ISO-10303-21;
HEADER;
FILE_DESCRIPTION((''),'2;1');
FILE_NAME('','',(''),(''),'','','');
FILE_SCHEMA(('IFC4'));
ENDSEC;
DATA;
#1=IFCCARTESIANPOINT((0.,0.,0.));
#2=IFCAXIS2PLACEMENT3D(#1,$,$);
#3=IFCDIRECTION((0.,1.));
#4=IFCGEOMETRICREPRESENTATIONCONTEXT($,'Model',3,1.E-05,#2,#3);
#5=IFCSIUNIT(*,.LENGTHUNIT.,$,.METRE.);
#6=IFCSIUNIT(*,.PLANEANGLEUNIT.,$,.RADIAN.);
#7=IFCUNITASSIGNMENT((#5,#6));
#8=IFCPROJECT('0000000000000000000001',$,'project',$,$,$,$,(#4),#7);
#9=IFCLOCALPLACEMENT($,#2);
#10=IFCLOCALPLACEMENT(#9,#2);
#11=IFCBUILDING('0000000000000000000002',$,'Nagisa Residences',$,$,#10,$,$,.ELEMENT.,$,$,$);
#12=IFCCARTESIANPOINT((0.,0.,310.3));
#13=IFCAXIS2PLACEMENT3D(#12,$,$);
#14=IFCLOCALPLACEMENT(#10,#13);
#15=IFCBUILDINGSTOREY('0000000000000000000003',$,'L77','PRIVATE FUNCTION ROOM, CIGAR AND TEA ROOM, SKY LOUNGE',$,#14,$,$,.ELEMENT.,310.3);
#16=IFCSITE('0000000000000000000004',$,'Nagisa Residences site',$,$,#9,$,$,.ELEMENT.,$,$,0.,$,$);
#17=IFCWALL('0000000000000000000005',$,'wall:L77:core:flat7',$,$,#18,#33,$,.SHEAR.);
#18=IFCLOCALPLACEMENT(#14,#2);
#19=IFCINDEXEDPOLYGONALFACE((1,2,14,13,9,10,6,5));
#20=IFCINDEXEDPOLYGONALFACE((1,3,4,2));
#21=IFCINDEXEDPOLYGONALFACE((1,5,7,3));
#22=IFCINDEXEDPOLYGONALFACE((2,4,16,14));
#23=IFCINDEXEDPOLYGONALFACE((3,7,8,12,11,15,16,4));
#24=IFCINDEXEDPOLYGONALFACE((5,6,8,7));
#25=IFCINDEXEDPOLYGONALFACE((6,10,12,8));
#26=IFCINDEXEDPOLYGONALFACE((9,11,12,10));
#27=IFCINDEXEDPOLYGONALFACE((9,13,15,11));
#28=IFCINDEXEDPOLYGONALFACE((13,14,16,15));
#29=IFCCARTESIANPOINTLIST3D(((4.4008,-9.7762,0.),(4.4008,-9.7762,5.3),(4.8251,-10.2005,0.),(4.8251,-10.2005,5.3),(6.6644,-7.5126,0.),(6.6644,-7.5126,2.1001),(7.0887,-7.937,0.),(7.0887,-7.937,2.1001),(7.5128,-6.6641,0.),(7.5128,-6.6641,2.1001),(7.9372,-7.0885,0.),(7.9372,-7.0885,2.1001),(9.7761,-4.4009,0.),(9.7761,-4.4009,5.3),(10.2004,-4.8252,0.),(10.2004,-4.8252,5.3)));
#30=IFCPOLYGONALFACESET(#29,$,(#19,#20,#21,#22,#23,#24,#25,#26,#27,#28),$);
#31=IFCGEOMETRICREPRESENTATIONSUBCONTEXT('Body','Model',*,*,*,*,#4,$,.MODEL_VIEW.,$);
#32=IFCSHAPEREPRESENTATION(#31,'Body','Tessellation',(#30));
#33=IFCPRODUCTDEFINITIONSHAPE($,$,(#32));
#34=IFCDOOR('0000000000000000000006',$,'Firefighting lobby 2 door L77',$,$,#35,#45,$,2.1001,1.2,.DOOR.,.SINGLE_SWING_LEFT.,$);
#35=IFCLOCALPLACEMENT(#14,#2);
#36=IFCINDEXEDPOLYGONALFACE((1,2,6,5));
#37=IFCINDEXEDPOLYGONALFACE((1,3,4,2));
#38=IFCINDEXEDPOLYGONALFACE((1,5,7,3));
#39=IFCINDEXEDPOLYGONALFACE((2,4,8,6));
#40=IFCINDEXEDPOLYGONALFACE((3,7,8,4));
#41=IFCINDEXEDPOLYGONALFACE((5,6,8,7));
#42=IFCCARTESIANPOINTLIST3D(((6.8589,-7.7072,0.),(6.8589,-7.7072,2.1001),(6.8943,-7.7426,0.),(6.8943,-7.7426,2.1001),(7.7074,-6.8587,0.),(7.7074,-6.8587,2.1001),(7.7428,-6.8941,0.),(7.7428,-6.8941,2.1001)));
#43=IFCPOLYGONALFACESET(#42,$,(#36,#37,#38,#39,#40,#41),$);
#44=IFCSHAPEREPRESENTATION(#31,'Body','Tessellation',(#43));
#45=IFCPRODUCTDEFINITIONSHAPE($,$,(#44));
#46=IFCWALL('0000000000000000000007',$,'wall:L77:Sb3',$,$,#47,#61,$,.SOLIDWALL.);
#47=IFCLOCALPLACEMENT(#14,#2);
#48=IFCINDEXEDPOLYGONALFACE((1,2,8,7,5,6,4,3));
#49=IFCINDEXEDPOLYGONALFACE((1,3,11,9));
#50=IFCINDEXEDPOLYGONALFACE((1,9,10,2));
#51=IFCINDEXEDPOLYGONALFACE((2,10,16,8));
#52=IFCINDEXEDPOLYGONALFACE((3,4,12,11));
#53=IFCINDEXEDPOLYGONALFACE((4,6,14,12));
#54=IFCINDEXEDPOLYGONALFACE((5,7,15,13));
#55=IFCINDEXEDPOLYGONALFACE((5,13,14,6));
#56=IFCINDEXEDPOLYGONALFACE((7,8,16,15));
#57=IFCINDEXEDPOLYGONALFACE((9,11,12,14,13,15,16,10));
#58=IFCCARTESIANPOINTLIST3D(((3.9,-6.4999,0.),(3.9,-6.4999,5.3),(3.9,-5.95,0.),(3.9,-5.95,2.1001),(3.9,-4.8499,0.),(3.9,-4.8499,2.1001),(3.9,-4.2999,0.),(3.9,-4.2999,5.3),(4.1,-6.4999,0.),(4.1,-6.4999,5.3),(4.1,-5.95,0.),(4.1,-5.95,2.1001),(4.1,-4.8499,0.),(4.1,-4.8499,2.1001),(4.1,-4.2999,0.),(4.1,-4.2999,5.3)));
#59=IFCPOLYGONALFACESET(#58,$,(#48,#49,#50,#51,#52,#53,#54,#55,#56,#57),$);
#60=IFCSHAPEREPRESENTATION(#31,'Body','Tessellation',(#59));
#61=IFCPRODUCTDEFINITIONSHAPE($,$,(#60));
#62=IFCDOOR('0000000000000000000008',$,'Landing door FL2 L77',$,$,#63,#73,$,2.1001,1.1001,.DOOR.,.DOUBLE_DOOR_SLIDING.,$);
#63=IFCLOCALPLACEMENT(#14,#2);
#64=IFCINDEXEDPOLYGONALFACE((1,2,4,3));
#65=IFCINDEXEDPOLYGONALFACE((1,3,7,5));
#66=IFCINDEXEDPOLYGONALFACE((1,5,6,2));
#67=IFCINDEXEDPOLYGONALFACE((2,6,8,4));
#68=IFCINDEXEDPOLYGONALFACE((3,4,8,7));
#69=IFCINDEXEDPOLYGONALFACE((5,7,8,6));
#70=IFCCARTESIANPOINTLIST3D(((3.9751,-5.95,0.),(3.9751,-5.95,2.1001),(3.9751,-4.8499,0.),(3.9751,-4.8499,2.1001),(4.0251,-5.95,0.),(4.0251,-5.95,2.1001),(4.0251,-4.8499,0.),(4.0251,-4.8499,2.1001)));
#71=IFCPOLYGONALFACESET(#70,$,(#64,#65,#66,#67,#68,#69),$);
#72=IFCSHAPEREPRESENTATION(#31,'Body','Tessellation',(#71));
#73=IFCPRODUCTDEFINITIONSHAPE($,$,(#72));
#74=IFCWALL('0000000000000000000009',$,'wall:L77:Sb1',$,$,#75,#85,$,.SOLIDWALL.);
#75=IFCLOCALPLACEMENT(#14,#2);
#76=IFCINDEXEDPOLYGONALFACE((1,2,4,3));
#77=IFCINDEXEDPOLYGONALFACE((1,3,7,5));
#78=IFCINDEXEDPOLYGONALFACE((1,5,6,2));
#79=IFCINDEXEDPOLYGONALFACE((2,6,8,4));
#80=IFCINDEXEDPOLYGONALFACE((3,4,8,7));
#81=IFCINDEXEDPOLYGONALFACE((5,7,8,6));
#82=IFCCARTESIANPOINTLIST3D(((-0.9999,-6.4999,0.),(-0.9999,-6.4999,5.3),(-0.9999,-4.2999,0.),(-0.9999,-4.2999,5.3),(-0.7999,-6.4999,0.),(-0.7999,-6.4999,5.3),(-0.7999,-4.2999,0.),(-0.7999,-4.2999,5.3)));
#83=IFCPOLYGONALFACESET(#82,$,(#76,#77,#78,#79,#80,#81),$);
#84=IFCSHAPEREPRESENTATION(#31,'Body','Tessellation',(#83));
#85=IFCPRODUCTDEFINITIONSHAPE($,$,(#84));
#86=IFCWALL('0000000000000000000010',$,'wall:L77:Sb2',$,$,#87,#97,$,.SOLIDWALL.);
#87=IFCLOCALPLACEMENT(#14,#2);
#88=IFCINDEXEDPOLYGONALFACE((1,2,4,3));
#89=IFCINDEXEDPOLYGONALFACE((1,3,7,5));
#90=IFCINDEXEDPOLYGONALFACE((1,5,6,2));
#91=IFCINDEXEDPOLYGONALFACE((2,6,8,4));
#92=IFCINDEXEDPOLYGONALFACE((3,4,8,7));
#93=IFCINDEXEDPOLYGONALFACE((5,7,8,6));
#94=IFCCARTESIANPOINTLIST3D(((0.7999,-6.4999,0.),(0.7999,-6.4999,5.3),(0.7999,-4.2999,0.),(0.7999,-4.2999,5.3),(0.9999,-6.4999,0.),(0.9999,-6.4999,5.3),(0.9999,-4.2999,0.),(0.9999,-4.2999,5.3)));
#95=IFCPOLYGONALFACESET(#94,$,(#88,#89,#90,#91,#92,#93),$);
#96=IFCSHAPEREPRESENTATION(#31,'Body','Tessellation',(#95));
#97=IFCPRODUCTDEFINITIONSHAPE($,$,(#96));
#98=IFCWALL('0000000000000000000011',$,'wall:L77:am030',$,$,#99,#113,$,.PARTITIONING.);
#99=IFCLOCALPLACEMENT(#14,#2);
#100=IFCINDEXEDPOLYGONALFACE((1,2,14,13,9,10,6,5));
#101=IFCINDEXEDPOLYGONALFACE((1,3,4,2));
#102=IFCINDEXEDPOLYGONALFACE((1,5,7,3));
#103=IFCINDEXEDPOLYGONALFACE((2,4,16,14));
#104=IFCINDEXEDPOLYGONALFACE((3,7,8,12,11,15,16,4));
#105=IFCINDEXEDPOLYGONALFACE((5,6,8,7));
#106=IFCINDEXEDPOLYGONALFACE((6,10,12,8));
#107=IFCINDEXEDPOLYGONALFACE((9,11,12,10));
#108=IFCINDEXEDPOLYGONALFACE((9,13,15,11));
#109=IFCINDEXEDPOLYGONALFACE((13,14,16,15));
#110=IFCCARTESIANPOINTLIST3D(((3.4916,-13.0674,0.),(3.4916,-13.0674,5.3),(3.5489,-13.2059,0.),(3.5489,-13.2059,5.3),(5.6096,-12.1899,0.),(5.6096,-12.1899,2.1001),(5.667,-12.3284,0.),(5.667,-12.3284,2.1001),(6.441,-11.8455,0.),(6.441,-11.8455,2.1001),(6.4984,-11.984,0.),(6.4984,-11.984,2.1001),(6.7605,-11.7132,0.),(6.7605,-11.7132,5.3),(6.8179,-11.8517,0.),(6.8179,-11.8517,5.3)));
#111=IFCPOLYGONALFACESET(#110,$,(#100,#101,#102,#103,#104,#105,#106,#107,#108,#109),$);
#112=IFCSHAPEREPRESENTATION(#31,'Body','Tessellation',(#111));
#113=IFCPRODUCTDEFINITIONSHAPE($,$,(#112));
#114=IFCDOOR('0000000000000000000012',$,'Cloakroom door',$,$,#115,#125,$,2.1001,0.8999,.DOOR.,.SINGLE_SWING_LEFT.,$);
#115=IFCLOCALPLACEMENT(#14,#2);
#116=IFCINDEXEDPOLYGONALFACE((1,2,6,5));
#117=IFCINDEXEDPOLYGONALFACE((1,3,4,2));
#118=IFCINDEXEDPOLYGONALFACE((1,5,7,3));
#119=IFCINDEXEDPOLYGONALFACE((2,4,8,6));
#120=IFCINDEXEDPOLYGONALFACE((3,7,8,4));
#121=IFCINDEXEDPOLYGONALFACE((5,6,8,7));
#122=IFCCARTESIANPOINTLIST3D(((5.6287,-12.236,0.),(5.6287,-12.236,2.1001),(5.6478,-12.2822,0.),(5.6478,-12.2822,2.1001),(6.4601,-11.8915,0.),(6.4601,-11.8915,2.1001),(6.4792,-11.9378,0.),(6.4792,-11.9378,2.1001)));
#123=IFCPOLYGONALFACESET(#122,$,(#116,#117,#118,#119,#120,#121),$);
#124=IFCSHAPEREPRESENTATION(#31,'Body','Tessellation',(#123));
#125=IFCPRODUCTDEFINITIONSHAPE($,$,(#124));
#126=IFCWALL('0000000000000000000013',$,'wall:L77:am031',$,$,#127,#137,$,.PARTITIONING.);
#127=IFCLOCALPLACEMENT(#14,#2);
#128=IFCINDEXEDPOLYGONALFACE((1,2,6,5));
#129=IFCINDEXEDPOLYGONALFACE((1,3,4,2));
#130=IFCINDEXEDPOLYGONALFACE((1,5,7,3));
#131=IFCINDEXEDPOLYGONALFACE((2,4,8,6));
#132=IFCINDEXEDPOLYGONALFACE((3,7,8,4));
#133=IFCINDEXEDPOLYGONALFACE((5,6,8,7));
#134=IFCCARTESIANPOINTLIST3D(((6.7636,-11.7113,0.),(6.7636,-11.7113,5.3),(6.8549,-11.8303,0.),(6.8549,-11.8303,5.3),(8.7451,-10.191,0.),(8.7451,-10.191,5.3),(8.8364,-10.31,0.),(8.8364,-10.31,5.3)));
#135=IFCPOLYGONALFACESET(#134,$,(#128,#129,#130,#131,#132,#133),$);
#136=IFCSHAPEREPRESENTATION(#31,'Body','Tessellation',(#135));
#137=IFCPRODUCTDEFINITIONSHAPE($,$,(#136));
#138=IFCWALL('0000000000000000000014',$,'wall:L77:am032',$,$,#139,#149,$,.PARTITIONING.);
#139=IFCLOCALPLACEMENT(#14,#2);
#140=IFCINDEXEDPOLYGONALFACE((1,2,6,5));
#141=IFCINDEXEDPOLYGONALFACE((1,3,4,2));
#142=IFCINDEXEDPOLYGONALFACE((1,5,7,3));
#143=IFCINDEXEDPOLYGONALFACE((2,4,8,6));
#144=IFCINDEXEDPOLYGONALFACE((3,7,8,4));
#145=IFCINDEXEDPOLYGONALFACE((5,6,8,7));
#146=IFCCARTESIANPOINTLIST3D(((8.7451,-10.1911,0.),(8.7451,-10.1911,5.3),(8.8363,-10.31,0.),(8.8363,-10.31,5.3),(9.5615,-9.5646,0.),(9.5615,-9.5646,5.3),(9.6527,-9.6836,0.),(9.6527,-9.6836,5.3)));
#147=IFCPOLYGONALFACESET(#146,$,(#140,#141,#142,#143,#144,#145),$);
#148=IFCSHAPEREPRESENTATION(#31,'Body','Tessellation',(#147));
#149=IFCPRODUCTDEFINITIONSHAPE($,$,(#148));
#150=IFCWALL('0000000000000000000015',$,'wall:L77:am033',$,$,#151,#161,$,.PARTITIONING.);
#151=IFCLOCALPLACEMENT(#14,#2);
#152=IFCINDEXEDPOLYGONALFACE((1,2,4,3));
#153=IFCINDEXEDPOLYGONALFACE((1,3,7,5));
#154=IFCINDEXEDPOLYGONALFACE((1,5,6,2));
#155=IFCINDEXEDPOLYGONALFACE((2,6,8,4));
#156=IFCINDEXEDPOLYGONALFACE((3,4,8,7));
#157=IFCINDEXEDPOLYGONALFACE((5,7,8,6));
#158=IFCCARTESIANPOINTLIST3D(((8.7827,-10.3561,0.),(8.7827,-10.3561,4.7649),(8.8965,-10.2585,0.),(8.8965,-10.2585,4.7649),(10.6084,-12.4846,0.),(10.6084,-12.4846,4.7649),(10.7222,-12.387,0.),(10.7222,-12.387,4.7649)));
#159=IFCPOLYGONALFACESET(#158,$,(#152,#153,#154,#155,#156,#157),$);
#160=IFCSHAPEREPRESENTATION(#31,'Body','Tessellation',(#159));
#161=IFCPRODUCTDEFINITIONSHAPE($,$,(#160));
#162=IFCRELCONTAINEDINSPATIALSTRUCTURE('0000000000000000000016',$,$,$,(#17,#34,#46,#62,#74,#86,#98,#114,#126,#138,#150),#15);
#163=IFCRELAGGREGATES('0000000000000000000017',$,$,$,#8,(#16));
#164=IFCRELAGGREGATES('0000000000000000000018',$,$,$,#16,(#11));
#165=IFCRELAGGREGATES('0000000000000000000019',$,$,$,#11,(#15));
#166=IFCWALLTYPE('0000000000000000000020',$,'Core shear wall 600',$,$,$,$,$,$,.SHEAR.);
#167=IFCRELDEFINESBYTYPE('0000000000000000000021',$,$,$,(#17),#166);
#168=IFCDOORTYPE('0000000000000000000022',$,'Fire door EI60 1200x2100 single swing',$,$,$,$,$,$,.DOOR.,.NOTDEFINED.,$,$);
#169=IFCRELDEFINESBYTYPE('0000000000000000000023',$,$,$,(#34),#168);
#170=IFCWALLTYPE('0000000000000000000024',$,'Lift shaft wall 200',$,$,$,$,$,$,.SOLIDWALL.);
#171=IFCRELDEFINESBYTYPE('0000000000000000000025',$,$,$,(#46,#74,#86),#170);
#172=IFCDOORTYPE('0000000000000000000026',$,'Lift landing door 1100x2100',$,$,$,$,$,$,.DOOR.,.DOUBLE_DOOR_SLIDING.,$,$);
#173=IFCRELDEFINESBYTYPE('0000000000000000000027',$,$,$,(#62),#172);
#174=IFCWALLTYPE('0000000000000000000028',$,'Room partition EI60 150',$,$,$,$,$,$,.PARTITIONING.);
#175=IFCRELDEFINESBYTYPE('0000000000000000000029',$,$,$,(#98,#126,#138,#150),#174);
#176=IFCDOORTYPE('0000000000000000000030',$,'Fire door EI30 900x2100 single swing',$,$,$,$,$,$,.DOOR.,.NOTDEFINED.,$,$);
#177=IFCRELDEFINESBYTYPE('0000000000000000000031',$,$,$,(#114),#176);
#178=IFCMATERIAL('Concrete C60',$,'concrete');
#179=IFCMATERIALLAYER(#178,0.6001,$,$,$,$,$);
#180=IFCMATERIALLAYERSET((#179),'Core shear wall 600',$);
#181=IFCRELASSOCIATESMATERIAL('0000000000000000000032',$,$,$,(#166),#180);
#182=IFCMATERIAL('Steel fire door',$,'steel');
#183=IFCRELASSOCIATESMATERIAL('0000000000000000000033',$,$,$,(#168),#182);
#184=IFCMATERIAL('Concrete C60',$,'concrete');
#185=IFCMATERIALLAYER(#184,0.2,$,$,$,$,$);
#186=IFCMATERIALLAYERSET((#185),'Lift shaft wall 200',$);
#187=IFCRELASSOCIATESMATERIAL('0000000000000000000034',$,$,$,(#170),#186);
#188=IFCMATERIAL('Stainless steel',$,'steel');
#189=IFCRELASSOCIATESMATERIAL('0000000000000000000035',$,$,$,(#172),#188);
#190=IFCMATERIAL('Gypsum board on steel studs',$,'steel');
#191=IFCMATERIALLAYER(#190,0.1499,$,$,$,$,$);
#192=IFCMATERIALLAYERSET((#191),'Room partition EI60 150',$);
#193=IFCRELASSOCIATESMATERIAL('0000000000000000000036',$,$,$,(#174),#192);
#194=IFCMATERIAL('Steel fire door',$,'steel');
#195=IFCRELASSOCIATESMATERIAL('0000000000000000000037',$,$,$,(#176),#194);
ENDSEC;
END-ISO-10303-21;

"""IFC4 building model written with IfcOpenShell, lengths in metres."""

from ifc_helpers import new_model, si_unit, direction, frame, frame_2d, origin, place, context, subcontext, project, spatial, rectangle, extrude, material, layer, layer_set, type_object, element, fill, save


model = new_model("IFC4")

# Units and contexts
model_context = context("Model", 3, precision=1e-05, world=origin(), true_north=direction((0.0, 1.0)))
body_context = subcontext(model_context, "Body", "Model", "MODEL_VIEW")
ifc_project = project(units=[si_unit("LENGTHUNIT", "METRE"), si_unit("PLANEANGLEUNIT", "RADIAN")], contexts=[model_context])

# Site, building, storey
site_placement = place(None, origin())
site = spatial("IfcSite", under=ifc_project, at=site_placement, Name="Nagisa Residences site", CompositionType="ELEMENT", RefElevation=0.0)
building_placement = place(site_placement, origin())
building = spatial("IfcBuilding", under=site, at=building_placement, Name="Nagisa Residences", CompositionType="ELEMENT")
storey_placement = place(building_placement, frame((0.0, 0.0, 310.3)))
storey = spatial("IfcBuildingStorey", under=building, at=storey_placement, Name="L77", Description="PRIVATE FUNCTION ROOM, CIGAR AND TEA ROOM, SKY LOUNGE", CompositionType="ELEMENT", Elevation=310.3)

# Walls, openings, doors
ifc_material_1 = material(Name="Concrete C60", Category="concrete")
ifc_layer_1 = layer(ifc_material_1, 0.6001)
ifc_layer_set_1 = layer_set([ifc_layer_1], Name="Core shear wall 600")
wall_type_1 = type_object("IfcWallType", Name="Core shear wall 600", PredefinedType="SHEAR", material=ifc_layer_set_1)
wall_1_placement = place(storey_placement, frame((4.613, -9.9883, 0.0), z_axis=(0.0, 0.0, 1.0), x_axis=(0.707107, 0.707107, 0.0)))
wall_1 = element("IfcWall", 1, at=wall_1_placement, inside=storey, type_object=wall_type_1, Name="wall:L77:core:flat7", PredefinedType="SHEAR", context=body_context, shape_type="SweptSolid", body=[
    extrude(rectangle(XDim=7.6018, YDim=0.6001, at=frame_2d((3.8008, 0.0))), origin(), (0.0, 0.0, 1.0), 5.3),
])
opening_1_placement = place(wall_1_placement, frame((3.2009, 0.0, 0.0)))
opening_1 = element("IfcOpeningElement", 2, at=opening_1_placement, cuts=wall_1, PredefinedType="OPENING", context=body_context, shape_type="SweptSolid", body=[
    extrude(rectangle(XDim=1.2, YDim=2.1001, at=frame_2d((0.6001, 1.05))), frame((0.0, 0.3101, 0.0), z_axis=(0.0, -1.0, 0.0), x_axis=(1.0, 0.0, 0.0)), (0.0, 0.0, 1.0), 0.6201),
])
ifc_material_2 = material(Name="Steel fire door", Category="steel")
door_type_1 = type_object("IfcDoorType", Name="Fire door EI60 1200x2100 single swing", OperationType="NOTDEFINED", PredefinedType="DOOR", material=ifc_material_2)
door_1_placement = place(opening_1_placement, origin())
door_1 = element("IfcDoor", 3, at=door_1_placement, inside=storey, type_object=door_type_1, Name="Firefighting lobby 2 door L77", OperationType="SINGLE_SWING_LEFT", OverallHeight=2.1001, OverallWidth=1.2, PredefinedType="DOOR", context=body_context, shape_type="SweptSolid", body=[
    extrude(rectangle(XDim=1.2, YDim=2.1001, at=frame_2d((0.6001, 1.05))), frame((0.0, 0.0249, 0.0), z_axis=(0.0, -1.0, 0.0), x_axis=(1.0, 0.0, 0.0)), (0.0, 0.0, 1.0), 0.05),
])
fill(opening_1, door_1)
ifc_material_3 = material(Name="Concrete C60", Category="concrete")
ifc_layer_2 = layer(ifc_material_3, 0.2)
ifc_layer_set_2 = layer_set([ifc_layer_2], Name="Lift shaft wall 200")
wall_type_2 = type_object("IfcWallType", Name="Lift shaft wall 200", PredefinedType="SOLIDWALL", material=ifc_layer_set_2)
wall_2_placement = place(storey_placement, frame((4.0, -6.5, 0.0), z_axis=(0.0, 0.0, 1.0), x_axis=(0.0, 1.0, 0.0)))
wall_2 = element("IfcWall", 4, at=wall_2_placement, inside=storey, type_object=wall_type_2, Name="wall:L77:Sb3", PredefinedType="SOLIDWALL", context=body_context, shape_type="SweptSolid", body=[
    extrude(rectangle(XDim=2.2, YDim=0.2, at=frame_2d((1.1001, 0.0))), origin(), (0.0, 0.0, 1.0), 5.3),
])
opening_2_placement = place(wall_2_placement, frame((0.55, 0.0, 0.0)))
opening_2 = element("IfcOpeningElement", 5, at=opening_2_placement, cuts=wall_2, PredefinedType="OPENING", context=body_context, shape_type="SweptSolid", body=[
    extrude(rectangle(XDim=1.1001, YDim=2.1001, at=frame_2d((0.55, 1.05))), frame((0.0, 0.1099, 0.0), z_axis=(0.0, -1.0, 0.0), x_axis=(1.0, 0.0, 0.0)), (0.0, 0.0, 1.0), 0.22),
])
ifc_material_4 = material(Name="Stainless steel", Category="steel")
door_type_2 = type_object("IfcDoorType", Name="Lift landing door 1100x2100", OperationType="DOUBLE_DOOR_SLIDING", PredefinedType="DOOR", material=ifc_material_4)
door_2_placement = place(opening_2_placement, origin())
door_2 = element("IfcDoor", 6, at=door_2_placement, inside=storey, type_object=door_type_2, Name="Landing door FL2 L77", OperationType="DOUBLE_DOOR_SLIDING", OverallHeight=2.1001, OverallWidth=1.1001, PredefinedType="DOOR", context=body_context, shape_type="SweptSolid", body=[
    extrude(rectangle(XDim=1.1001, YDim=2.1001, at=frame_2d((0.55, 1.05))), frame((0.0, 0.0249, 0.0), z_axis=(0.0, -1.0, 0.0), x_axis=(1.0, 0.0, 0.0)), (0.0, 0.0, 1.0), 0.05),
])
fill(opening_2, door_2)

# Walls
for number, where, z_axis, x_axis, name in (
    (7, (-0.8999, -6.5, 0.0), (0.0, 0.0, 1.0), (0.0, 1.0, 0.0), "wall:L77:Sb1"),
    (8, (0.8999, -6.5, 0.0), (0.0, 0.0, 1.0), (0.0, 1.0, 0.0), "wall:L77:Sb2"),
):
    element("IfcWall", number, at=place(storey_placement, frame(where, z_axis=z_axis, x_axis=x_axis)), inside=storey, type_object=wall_type_2, Name=name, PredefinedType="SOLIDWALL", context=body_context, shape_type="SweptSolid", body=[
        extrude(rectangle(XDim=2.2, YDim=0.2, at=frame_2d((1.1001, 0.0))), origin(), (0.0, 0.0, 1.0), 5.3),
    ])

# Wall, opening, door
ifc_material_5 = material(Name="Gypsum board on steel studs", Category="steel")
ifc_layer_3 = layer(ifc_material_5, 0.1499)
ifc_layer_set_3 = layer_set([ifc_layer_3], Name="Room partition EI60 150")
wall_type_3 = type_object("IfcWallType", Name="Room partition EI60 150", PredefinedType="PARTITIONING", material=ifc_layer_set_3)
wall_3_placement = place(storey_placement, frame((6.7891, -11.7825, 0.0), z_axis=(0.0, 0.0, 1.0), x_axis=(-0.923863, -0.382724, 0.0)))
wall_3 = element("IfcWall", 9, at=wall_3_placement, inside=storey, type_object=wall_type_3, Name="wall:L77:am030", PredefinedType="PARTITIONING", context=body_context, shape_type="SweptSolid", body=[
    extrude(rectangle(XDim=3.5383, YDim=0.1499, at=frame_2d((1.769, 0.0))), origin(), (0.0, 0.0, 1.0), 5.3),
])
opening_3_placement = place(wall_3_placement, frame((0.3457, 0.0, 0.0)))
opening_3 = element("IfcOpeningElement", 10, at=opening_3_placement, cuts=wall_3, PredefinedType="OPENING", context=body_context, shape_type="SweptSolid", body=[
    extrude(rectangle(XDim=0.8999, YDim=2.1001, at=frame_2d((0.45, 1.05))), frame((0.0, 0.085, 0.0), z_axis=(0.0, -1.0, 0.0), x_axis=(1.0, 0.0, 0.0)), (0.0, 0.0, 1.0), 0.1699),
])
ifc_material_6 = material(Name="Steel fire door", Category="steel")
door_type_3 = type_object("IfcDoorType", Name="Fire door EI30 900x2100 single swing", OperationType="NOTDEFINED", PredefinedType="DOOR", material=ifc_material_6)
door_3_placement = place(opening_3_placement, origin())
door_3 = element("IfcDoor", 11, at=door_3_placement, inside=storey, type_object=door_type_3, Name="Cloakroom door", OperationType="SINGLE_SWING_LEFT", OverallHeight=2.1001, OverallWidth=0.8999, PredefinedType="DOOR", context=body_context, shape_type="SweptSolid", body=[
    extrude(rectangle(XDim=0.8999, YDim=2.1001, at=frame_2d((0.45, 1.05))), frame((0.0, 0.0249, 0.0), z_axis=(0.0, -1.0, 0.0), x_axis=(1.0, 0.0, 0.0)), (0.0, 0.0, 1.0), 0.05),
])
fill(opening_3, door_3)

# Walls
wall_4_placement = place(storey_placement, frame((8.7908, -10.2505, 0.0), z_axis=(0.0, 0.0, 1.0), x_axis=(-0.793383, -0.608723, 0.0)))
element("IfcWall", 12, at=wall_4_placement, inside=storey, type_object=wall_type_3, Name="wall:L77:am031", PredefinedType="PARTITIONING", context=body_context, shape_type="SweptSolid", body=[
    extrude(rectangle(XDim=2.4976, YDim=0.1499, at=frame_2d((1.2488, 0.0))), origin(), (0.0, 0.0, 1.0), 5.3),
])
wall_5_placement = place(storey_placement, frame((9.6072, -9.624, 0.0), z_axis=(0.0, 0.0, 1.0), x_axis=(-0.793347, -0.60877, 0.0)))
element("IfcWall", 13, at=wall_5_placement, inside=storey, type_object=wall_type_3, Name="wall:L77:am032", PredefinedType="PARTITIONING", context=body_context, shape_type="SweptSolid", body=[
    extrude(rectangle(XDim=1.0291, YDim=0.1499, at=frame_2d((0.5146, 0.0))), origin(), (0.0, 0.0, 1.0), 5.3),
])
wall_6_placement = place(storey_placement, frame((10.6653, -12.4358, 0.0), z_axis=(0.0, 0.0, 1.0), x_axis=(-0.651064, 0.759023, 0.0)))
element("IfcWall", 14, at=wall_6_placement, inside=storey, type_object=wall_type_3, Name="wall:L77:am033", PredefinedType="PARTITIONING", context=body_context, shape_type="SweptSolid", body=[
    extrude(rectangle(XDim=2.8042, YDim=0.1499, at=frame_2d((1.4021, 0.0))), origin(), (0.0, 0.0, 1.0), 4.7649),
])

save(model, "model.ifc")
